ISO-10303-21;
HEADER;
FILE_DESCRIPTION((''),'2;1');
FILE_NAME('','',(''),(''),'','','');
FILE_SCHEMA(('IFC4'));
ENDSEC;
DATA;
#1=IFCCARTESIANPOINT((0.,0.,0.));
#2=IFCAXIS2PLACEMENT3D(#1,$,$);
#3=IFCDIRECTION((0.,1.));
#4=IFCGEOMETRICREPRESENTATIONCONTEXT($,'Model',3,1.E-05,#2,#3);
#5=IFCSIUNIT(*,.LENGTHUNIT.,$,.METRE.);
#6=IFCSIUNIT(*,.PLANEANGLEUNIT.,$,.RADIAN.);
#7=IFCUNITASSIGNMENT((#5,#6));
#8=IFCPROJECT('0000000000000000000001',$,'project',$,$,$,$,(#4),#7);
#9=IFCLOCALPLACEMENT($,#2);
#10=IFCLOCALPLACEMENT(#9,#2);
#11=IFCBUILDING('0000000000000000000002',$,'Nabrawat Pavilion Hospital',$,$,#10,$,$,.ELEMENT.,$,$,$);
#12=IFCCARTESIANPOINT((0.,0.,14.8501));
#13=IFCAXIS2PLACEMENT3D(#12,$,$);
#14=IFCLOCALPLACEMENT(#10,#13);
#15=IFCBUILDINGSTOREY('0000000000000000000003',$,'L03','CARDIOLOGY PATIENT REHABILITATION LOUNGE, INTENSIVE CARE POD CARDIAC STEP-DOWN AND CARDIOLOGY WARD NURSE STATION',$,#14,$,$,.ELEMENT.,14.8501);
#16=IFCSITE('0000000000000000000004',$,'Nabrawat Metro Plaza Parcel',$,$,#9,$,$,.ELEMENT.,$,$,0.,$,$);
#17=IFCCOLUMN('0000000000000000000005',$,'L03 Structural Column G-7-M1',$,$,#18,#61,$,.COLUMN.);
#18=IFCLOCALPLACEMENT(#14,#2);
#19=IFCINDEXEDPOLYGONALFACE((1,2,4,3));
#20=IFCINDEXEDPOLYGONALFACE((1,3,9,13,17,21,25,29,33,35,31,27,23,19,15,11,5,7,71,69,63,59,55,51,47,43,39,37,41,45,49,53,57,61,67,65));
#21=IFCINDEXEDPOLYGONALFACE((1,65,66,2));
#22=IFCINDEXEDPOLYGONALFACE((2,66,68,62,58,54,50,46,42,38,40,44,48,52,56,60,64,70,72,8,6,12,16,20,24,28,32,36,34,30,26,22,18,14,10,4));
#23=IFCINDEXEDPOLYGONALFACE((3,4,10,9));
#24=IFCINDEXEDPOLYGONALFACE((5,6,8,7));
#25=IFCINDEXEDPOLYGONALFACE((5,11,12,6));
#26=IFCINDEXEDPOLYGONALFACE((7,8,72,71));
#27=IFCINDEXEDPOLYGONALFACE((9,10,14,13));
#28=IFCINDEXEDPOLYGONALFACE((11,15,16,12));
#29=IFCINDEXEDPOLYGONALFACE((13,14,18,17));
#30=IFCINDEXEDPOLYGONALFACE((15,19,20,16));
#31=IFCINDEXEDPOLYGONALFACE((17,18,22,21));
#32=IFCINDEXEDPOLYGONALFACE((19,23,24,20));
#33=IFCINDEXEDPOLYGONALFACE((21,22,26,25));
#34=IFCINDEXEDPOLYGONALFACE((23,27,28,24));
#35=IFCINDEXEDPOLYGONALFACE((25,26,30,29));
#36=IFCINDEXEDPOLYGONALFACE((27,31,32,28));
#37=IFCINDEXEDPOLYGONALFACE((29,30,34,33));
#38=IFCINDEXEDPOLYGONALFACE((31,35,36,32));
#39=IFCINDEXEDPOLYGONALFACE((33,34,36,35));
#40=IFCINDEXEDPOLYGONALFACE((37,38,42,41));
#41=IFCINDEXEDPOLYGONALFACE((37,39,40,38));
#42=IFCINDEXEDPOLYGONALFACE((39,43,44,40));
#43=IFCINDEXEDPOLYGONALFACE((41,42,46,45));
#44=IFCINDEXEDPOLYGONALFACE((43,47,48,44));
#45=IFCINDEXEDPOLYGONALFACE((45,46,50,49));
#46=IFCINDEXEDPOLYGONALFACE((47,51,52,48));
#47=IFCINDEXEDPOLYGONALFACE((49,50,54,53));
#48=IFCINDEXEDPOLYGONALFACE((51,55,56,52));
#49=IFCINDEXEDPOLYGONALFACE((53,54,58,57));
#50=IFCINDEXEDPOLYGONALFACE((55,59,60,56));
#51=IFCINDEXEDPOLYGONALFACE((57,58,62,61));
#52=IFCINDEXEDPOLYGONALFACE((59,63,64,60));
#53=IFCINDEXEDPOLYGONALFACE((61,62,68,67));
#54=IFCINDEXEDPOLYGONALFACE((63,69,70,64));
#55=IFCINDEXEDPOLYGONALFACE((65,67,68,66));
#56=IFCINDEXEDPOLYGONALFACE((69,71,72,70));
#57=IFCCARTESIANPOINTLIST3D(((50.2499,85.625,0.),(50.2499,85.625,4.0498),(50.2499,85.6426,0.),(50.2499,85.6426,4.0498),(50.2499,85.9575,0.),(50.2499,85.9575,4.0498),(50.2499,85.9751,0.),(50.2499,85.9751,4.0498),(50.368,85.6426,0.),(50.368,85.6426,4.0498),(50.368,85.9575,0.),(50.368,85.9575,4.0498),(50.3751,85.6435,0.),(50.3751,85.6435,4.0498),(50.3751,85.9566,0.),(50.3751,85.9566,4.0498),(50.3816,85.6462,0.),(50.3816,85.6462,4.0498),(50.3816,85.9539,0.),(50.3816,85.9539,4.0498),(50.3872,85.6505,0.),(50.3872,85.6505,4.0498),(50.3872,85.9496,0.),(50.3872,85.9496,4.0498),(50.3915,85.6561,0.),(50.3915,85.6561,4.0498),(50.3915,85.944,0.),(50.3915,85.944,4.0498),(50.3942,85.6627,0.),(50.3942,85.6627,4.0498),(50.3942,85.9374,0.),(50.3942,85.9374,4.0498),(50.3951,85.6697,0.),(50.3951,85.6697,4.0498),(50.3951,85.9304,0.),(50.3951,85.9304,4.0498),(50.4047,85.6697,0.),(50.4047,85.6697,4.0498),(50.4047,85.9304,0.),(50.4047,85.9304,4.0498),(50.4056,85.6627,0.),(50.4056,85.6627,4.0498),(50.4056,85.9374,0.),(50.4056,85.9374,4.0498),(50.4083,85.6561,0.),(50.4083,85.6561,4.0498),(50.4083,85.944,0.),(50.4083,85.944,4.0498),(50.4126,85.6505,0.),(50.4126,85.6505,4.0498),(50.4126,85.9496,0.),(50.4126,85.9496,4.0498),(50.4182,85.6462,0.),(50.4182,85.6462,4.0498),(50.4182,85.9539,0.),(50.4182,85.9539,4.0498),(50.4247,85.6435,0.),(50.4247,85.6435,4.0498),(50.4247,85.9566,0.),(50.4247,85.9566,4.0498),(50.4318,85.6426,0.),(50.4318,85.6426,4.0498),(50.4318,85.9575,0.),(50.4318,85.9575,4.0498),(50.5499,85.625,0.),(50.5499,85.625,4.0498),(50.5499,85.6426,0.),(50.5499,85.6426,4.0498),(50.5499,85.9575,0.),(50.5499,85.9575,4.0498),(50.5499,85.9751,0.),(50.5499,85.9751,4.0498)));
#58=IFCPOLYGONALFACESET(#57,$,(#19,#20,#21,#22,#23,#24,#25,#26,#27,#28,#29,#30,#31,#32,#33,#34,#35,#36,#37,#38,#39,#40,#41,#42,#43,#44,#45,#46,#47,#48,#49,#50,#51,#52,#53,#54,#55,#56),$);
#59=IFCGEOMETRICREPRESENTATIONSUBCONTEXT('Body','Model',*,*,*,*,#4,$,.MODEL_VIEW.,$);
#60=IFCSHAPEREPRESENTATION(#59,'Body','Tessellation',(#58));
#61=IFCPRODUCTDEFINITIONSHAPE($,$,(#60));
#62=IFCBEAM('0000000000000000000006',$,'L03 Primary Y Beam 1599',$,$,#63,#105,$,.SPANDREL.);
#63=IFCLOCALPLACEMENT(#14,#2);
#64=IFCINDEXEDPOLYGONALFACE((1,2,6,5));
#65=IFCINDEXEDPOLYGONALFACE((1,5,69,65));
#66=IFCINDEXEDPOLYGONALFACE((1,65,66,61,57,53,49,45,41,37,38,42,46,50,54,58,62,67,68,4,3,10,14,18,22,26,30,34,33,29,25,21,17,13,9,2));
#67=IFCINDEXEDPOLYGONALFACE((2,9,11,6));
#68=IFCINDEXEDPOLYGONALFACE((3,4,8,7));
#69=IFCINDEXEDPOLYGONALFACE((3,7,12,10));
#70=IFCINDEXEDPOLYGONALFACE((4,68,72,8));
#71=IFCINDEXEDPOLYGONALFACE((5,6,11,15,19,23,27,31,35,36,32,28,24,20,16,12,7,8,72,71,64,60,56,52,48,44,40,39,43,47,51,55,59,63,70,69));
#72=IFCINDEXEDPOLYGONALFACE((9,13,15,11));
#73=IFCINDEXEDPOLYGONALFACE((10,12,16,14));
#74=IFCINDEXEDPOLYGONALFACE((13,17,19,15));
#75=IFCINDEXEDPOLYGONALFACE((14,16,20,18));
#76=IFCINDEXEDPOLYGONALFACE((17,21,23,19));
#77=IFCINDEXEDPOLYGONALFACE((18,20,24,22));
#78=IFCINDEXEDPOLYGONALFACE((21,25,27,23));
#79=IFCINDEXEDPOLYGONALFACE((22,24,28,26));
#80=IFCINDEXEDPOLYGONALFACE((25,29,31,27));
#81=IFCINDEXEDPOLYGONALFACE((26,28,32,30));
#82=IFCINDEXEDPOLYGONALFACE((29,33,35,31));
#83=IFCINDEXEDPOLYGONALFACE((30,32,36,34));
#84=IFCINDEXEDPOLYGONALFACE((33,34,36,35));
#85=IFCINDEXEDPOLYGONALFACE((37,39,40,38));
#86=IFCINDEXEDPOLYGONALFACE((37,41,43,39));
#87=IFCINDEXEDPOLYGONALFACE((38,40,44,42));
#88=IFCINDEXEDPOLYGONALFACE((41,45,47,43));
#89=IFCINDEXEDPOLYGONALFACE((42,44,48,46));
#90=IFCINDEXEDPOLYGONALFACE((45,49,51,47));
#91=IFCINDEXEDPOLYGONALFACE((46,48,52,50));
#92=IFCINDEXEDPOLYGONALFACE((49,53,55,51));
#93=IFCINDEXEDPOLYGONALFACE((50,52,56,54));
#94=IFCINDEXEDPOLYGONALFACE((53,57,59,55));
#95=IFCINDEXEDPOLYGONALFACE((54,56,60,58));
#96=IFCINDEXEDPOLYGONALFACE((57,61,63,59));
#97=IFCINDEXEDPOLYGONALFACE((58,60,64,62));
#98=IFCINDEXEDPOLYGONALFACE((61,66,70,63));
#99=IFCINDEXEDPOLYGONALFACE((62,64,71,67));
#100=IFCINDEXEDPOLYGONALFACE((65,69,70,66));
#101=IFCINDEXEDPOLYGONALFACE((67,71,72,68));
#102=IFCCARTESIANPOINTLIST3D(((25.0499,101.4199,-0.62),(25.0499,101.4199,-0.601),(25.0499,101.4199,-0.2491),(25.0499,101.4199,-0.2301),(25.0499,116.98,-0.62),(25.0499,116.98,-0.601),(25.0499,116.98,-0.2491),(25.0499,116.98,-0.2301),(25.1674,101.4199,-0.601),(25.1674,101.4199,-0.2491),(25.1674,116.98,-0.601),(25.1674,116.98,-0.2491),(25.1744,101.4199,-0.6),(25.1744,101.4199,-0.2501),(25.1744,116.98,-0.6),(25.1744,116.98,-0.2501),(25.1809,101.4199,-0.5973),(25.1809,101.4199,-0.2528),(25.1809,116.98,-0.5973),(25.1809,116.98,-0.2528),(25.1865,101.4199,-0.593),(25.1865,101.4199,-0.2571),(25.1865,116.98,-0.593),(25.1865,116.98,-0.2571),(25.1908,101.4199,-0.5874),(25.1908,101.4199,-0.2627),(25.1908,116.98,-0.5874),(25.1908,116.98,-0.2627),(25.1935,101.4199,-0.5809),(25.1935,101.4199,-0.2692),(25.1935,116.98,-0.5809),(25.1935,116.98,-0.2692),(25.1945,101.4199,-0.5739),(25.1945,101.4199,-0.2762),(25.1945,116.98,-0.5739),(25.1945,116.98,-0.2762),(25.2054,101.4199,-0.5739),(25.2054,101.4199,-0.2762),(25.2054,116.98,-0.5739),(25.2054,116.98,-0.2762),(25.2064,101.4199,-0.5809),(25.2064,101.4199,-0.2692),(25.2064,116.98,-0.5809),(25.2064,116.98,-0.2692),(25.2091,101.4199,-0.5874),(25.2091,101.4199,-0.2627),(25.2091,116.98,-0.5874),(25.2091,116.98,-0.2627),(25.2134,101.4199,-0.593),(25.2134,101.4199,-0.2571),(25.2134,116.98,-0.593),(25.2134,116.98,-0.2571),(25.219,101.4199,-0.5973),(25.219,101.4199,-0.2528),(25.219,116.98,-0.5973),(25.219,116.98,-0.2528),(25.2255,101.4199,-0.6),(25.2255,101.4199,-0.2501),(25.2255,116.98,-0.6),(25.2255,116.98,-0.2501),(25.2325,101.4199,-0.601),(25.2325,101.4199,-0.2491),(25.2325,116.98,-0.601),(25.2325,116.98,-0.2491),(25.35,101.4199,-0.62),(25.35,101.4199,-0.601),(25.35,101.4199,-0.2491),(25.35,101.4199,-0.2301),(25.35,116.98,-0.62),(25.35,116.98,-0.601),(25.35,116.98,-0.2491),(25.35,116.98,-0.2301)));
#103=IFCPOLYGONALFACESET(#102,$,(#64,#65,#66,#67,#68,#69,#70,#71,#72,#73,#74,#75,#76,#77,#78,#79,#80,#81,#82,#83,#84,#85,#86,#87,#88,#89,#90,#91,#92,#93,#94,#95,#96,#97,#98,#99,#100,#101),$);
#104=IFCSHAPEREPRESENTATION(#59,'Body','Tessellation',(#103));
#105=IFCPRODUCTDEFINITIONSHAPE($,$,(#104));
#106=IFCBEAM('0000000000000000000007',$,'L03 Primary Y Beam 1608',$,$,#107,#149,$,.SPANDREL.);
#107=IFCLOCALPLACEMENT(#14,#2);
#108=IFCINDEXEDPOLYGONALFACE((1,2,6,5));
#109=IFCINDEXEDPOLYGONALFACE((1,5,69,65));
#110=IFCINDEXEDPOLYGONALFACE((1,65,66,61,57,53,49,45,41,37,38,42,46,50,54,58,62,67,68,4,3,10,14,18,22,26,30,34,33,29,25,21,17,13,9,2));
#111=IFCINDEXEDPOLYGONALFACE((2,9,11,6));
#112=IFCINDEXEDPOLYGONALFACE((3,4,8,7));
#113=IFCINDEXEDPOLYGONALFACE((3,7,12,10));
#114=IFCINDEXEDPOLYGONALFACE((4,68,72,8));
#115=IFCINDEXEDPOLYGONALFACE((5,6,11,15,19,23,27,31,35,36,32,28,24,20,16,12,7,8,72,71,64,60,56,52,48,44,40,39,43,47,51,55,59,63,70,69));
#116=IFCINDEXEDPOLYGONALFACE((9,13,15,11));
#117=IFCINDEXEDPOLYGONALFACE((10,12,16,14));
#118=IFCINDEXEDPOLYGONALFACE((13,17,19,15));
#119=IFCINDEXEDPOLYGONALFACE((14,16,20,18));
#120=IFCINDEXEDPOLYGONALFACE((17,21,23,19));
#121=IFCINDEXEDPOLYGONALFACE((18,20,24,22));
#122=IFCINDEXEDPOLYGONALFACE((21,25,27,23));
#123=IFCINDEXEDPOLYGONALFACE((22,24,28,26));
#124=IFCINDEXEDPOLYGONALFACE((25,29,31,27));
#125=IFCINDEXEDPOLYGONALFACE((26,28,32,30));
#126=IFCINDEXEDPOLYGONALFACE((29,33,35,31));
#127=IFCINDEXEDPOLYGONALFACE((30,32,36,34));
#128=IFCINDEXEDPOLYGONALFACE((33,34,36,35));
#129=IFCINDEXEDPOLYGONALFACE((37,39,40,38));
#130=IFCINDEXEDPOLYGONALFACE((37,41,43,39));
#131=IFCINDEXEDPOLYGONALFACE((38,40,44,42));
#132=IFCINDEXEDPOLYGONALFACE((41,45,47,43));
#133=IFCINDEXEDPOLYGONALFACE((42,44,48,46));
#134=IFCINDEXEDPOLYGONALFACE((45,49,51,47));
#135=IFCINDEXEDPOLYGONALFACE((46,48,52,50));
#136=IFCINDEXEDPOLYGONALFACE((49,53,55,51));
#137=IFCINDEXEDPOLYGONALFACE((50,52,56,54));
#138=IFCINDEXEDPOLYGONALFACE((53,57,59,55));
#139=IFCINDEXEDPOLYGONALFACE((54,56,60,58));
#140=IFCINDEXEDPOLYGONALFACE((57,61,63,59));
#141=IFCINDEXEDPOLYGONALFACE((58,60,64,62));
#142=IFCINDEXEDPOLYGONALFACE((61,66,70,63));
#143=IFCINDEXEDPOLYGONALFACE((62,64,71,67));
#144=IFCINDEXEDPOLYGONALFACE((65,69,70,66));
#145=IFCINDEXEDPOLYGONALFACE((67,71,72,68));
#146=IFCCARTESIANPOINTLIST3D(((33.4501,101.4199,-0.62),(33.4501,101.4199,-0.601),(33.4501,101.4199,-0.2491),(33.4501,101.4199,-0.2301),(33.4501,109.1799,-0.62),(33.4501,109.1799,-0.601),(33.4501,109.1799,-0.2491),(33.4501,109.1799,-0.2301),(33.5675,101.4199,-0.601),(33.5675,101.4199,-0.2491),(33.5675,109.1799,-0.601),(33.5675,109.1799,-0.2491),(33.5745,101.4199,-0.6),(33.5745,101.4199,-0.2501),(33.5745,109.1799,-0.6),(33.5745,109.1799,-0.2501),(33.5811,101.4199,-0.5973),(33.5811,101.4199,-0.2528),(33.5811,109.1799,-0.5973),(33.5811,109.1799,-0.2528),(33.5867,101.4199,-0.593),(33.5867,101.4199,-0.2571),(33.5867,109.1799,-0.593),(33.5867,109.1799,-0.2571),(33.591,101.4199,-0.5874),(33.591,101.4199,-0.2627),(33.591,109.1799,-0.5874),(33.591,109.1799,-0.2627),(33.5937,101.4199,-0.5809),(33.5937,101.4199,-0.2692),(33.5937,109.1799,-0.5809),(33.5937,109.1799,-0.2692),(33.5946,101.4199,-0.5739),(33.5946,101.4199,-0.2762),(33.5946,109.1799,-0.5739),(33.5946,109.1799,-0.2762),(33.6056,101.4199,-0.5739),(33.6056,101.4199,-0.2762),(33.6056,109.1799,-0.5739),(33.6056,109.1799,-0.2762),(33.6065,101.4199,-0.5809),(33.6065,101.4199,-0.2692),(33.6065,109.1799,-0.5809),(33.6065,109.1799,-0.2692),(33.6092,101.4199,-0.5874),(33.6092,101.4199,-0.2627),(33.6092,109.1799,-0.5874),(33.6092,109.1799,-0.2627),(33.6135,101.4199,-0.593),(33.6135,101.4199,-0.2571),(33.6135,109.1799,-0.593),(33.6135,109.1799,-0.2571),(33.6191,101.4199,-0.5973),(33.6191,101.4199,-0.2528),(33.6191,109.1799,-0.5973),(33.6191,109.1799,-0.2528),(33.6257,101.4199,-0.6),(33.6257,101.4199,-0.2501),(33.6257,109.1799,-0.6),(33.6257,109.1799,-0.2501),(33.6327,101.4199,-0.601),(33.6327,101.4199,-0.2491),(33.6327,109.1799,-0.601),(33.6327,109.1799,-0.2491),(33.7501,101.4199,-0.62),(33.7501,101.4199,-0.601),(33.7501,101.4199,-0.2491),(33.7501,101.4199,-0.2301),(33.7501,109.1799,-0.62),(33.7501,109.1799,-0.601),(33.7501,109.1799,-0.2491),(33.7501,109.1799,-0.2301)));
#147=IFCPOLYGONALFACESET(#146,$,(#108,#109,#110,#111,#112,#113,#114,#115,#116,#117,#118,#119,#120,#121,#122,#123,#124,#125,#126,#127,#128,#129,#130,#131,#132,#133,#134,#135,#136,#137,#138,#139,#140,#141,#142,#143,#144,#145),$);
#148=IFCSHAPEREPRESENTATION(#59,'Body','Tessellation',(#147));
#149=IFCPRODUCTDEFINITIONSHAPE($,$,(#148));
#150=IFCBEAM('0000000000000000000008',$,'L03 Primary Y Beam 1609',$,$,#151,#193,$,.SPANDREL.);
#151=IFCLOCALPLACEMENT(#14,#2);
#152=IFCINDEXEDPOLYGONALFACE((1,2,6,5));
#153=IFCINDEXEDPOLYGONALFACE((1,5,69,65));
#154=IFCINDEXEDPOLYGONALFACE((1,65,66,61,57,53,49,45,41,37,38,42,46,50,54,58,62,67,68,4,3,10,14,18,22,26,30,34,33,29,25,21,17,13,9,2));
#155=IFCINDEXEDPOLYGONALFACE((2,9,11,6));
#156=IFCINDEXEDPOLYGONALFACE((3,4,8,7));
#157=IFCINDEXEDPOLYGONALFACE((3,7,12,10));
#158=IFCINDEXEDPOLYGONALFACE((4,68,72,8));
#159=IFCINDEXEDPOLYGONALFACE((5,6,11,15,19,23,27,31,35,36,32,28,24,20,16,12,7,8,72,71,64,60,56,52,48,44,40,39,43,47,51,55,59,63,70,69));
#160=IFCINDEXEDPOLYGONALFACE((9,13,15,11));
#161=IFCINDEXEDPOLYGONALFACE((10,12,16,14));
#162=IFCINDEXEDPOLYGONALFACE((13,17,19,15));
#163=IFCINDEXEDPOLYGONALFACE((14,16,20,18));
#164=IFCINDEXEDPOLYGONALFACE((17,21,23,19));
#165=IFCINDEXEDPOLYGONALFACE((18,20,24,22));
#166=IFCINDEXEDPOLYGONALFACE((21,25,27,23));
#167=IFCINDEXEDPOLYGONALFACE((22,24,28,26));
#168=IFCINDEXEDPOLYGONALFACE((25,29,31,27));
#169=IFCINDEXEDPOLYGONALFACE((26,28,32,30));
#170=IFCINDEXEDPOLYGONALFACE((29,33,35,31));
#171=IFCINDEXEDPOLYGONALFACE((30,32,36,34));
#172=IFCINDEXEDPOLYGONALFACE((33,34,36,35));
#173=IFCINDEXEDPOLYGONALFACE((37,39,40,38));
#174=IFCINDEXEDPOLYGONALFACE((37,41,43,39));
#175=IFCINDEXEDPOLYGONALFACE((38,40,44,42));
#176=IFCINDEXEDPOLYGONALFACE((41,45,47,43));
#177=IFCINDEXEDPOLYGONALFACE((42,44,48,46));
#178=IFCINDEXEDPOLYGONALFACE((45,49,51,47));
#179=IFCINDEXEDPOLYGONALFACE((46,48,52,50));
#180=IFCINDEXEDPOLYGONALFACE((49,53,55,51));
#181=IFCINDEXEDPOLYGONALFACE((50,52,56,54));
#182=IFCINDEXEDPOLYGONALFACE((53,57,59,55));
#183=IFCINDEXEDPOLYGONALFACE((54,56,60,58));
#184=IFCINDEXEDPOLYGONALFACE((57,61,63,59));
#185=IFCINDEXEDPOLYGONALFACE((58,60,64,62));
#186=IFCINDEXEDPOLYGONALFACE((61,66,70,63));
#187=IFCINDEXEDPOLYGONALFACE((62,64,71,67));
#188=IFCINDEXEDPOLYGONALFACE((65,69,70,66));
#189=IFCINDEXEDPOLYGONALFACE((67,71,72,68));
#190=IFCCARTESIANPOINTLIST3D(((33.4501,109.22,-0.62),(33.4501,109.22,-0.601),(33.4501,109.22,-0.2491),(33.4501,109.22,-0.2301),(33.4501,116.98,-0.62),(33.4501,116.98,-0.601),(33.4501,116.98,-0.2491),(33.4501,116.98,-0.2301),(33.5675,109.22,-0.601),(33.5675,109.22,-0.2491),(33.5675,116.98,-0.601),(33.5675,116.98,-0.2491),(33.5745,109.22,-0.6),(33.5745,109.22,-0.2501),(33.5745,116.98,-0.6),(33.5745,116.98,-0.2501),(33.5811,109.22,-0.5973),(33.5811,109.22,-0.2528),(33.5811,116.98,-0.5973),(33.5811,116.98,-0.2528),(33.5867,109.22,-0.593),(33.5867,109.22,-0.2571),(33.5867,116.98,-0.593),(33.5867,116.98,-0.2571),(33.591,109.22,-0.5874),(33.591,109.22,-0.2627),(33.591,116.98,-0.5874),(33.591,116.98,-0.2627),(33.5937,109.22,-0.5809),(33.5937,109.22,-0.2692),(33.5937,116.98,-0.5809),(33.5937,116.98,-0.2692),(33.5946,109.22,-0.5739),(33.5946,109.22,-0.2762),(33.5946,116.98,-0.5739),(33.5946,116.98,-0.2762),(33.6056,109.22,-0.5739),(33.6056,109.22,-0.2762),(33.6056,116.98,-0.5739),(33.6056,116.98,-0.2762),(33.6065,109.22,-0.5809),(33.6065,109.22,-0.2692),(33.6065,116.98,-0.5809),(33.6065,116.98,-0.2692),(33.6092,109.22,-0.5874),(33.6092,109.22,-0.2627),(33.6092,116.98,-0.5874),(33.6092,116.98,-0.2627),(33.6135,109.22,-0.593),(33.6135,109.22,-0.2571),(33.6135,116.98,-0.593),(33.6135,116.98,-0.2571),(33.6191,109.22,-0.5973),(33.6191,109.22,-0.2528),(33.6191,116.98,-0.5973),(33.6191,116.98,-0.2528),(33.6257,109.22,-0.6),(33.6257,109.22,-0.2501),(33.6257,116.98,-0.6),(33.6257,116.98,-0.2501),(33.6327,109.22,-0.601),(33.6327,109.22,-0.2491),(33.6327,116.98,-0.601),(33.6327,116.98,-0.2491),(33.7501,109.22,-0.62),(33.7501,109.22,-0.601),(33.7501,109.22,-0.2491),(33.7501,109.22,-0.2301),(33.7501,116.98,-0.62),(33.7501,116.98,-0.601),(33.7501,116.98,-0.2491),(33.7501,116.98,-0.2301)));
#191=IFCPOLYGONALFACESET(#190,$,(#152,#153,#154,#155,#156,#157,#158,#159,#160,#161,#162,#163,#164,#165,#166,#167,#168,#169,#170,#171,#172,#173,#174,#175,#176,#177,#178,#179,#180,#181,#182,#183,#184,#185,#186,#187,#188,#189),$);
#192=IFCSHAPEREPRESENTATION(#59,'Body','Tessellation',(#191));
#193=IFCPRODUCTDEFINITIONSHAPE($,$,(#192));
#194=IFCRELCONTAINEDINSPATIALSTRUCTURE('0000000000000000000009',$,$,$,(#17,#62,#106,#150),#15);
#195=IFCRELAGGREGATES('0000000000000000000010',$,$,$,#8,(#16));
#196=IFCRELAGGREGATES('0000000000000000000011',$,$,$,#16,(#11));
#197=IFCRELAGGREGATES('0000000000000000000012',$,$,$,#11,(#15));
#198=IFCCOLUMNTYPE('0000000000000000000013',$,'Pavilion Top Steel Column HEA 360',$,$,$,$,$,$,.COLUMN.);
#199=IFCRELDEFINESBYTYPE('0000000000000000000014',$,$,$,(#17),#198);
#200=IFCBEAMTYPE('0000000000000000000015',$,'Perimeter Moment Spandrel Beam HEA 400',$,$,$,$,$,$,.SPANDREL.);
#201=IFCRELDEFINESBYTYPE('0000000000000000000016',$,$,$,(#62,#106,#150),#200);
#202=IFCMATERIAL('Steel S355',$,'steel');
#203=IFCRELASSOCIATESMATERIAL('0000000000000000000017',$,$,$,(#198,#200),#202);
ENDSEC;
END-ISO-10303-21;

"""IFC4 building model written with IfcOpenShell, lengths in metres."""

from ifc_helpers import new_model, si_unit, direction, frame, origin, origin_2d, place, context, subcontext, project, spatial, i_section, extrude, material, material_profile, profile_set, type_object, element, save


model = new_model("IFC4")

# Units and contexts
model_context = context("Model", 3, precision=1e-05, world=origin(), true_north=direction((0.0, 1.0)))
body_context = subcontext(model_context, "Body", "Model", "MODEL_VIEW")
ifc_project = project(units=[si_unit("LENGTHUNIT", "METRE"), si_unit("PLANEANGLEUNIT", "RADIAN")], contexts=[model_context])

# Site, building, storey
site_placement = place(None, origin())
site = spatial("IfcSite", under=ifc_project, at=site_placement, Name="Nabrawat Metro Plaza Parcel", CompositionType="ELEMENT", RefElevation=0.0)
building_placement = place(site_placement, origin())
building = spatial("IfcBuilding", under=site, at=building_placement, Name="Nabrawat Pavilion Hospital", CompositionType="ELEMENT")
storey_placement = place(building_placement, frame((0.0, 0.0, 14.8501)))
storey = spatial("IfcBuildingStorey", under=building, at=storey_placement, Name="L03", Description="CARDIOLOGY PATIENT REHABILITATION LOUNGE, INTENSIVE CARE POD CARDIAC STEP-DOWN AND CARDIOLOGY WARD NURSE STATION", CompositionType="ELEMENT", Elevation=14.8501)

# Column
ifc_material_1 = material(Name="Steel S355", Category="steel")
ifc_material_profile_1 = material_profile(ifc_material_1, i_section(OverallWidth=0.3, OverallDepth=0.3501, WebThickness=0.0095, FlangeThickness=0.0176, FilletRadius=0.0271, at=origin_2d()), Name="HEA 360")
ifc_profile_set_1 = profile_set([ifc_material_profile_1], Name="Steel S355")
column_type = type_object("IfcColumnType", Name="Pavilion Top Steel Column HEA 360", PredefinedType="COLUMN", material=ifc_profile_set_1)
for number, where, z_axis, x_axis, name in (
    (1, (50.3999, 85.8, 0.0), (0.0, 0.0, 1.0), (1.0, 0.0, 0.0), "L03 Structural Column G-7-M1"),
):
    element("IfcColumn", number, at=place(storey_placement, frame(where, z_axis=z_axis, x_axis=x_axis)), inside=storey, type_object=column_type, Name=name, PredefinedType="COLUMN", context=body_context, shape_type="SweptSolid", body=[
        extrude(i_section(OverallWidth=0.3, OverallDepth=0.3501, WebThickness=0.0095, FlangeThickness=0.0176, FilletRadius=0.0271, at=origin_2d()), origin(), (0.0, 0.0, 1.0), 4.0498),
    ])

# Beams
ifc_material_profile_2 = material_profile(ifc_material_1, i_section(OverallWidth=0.3, OverallDepth=0.3899, WebThickness=0.011, FlangeThickness=0.019, FilletRadius=0.0271, at=origin_2d()), Name="HEA 400")
ifc_profile_set_2 = profile_set([ifc_material_profile_2], Name="Steel S355")
beam_type_1 = type_object("IfcBeamType", Name="Perimeter Moment Spandrel Beam HEA 400", PredefinedType="SPANDREL", material=ifc_profile_set_2)
beam_1_placement = place(storey_placement, frame((25.2, 101.4199, -0.425), z_axis=(0.0, 1.0, 0.0), x_axis=(-1.0, 0.0, 0.0)))
element("IfcBeam", 2, at=beam_1_placement, inside=storey, type_object=beam_type_1, Name="L03 Primary Y Beam 1599", PredefinedType="SPANDREL", context=body_context, shape_type="SweptSolid", body=[
    extrude(i_section(OverallWidth=0.3, OverallDepth=0.3899, WebThickness=0.011, FlangeThickness=0.019, FilletRadius=0.0271, at=origin_2d()), origin(), (0.0, 0.0, 1.0), 15.5601),
])
for number, where, z_axis, x_axis, name in (
    (3, (33.6001, 101.4199, -0.425), (0.0, 1.0, 0.0), (-1.0, 0.0, 0.0), "L03 Primary Y Beam 1608"),
    (4, (33.6001, 109.22, -0.425), (0.0, 1.0, 0.0), (-1.0, 0.0, 0.0), "L03 Primary Y Beam 1609"),
):
    element("IfcBeam", number, at=place(storey_placement, frame(where, z_axis=z_axis, x_axis=x_axis)), inside=storey, type_object=beam_type_1, Name=name, PredefinedType="SPANDREL", context=body_context, shape_type="SweptSolid", body=[
        extrude(i_section(OverallWidth=0.3, OverallDepth=0.3899, WebThickness=0.011, FlangeThickness=0.019, FilletRadius=0.0271, at=origin_2d()), origin(), (0.0, 0.0, 1.0), 7.76),
    ])

save(model, "model.ifc")
